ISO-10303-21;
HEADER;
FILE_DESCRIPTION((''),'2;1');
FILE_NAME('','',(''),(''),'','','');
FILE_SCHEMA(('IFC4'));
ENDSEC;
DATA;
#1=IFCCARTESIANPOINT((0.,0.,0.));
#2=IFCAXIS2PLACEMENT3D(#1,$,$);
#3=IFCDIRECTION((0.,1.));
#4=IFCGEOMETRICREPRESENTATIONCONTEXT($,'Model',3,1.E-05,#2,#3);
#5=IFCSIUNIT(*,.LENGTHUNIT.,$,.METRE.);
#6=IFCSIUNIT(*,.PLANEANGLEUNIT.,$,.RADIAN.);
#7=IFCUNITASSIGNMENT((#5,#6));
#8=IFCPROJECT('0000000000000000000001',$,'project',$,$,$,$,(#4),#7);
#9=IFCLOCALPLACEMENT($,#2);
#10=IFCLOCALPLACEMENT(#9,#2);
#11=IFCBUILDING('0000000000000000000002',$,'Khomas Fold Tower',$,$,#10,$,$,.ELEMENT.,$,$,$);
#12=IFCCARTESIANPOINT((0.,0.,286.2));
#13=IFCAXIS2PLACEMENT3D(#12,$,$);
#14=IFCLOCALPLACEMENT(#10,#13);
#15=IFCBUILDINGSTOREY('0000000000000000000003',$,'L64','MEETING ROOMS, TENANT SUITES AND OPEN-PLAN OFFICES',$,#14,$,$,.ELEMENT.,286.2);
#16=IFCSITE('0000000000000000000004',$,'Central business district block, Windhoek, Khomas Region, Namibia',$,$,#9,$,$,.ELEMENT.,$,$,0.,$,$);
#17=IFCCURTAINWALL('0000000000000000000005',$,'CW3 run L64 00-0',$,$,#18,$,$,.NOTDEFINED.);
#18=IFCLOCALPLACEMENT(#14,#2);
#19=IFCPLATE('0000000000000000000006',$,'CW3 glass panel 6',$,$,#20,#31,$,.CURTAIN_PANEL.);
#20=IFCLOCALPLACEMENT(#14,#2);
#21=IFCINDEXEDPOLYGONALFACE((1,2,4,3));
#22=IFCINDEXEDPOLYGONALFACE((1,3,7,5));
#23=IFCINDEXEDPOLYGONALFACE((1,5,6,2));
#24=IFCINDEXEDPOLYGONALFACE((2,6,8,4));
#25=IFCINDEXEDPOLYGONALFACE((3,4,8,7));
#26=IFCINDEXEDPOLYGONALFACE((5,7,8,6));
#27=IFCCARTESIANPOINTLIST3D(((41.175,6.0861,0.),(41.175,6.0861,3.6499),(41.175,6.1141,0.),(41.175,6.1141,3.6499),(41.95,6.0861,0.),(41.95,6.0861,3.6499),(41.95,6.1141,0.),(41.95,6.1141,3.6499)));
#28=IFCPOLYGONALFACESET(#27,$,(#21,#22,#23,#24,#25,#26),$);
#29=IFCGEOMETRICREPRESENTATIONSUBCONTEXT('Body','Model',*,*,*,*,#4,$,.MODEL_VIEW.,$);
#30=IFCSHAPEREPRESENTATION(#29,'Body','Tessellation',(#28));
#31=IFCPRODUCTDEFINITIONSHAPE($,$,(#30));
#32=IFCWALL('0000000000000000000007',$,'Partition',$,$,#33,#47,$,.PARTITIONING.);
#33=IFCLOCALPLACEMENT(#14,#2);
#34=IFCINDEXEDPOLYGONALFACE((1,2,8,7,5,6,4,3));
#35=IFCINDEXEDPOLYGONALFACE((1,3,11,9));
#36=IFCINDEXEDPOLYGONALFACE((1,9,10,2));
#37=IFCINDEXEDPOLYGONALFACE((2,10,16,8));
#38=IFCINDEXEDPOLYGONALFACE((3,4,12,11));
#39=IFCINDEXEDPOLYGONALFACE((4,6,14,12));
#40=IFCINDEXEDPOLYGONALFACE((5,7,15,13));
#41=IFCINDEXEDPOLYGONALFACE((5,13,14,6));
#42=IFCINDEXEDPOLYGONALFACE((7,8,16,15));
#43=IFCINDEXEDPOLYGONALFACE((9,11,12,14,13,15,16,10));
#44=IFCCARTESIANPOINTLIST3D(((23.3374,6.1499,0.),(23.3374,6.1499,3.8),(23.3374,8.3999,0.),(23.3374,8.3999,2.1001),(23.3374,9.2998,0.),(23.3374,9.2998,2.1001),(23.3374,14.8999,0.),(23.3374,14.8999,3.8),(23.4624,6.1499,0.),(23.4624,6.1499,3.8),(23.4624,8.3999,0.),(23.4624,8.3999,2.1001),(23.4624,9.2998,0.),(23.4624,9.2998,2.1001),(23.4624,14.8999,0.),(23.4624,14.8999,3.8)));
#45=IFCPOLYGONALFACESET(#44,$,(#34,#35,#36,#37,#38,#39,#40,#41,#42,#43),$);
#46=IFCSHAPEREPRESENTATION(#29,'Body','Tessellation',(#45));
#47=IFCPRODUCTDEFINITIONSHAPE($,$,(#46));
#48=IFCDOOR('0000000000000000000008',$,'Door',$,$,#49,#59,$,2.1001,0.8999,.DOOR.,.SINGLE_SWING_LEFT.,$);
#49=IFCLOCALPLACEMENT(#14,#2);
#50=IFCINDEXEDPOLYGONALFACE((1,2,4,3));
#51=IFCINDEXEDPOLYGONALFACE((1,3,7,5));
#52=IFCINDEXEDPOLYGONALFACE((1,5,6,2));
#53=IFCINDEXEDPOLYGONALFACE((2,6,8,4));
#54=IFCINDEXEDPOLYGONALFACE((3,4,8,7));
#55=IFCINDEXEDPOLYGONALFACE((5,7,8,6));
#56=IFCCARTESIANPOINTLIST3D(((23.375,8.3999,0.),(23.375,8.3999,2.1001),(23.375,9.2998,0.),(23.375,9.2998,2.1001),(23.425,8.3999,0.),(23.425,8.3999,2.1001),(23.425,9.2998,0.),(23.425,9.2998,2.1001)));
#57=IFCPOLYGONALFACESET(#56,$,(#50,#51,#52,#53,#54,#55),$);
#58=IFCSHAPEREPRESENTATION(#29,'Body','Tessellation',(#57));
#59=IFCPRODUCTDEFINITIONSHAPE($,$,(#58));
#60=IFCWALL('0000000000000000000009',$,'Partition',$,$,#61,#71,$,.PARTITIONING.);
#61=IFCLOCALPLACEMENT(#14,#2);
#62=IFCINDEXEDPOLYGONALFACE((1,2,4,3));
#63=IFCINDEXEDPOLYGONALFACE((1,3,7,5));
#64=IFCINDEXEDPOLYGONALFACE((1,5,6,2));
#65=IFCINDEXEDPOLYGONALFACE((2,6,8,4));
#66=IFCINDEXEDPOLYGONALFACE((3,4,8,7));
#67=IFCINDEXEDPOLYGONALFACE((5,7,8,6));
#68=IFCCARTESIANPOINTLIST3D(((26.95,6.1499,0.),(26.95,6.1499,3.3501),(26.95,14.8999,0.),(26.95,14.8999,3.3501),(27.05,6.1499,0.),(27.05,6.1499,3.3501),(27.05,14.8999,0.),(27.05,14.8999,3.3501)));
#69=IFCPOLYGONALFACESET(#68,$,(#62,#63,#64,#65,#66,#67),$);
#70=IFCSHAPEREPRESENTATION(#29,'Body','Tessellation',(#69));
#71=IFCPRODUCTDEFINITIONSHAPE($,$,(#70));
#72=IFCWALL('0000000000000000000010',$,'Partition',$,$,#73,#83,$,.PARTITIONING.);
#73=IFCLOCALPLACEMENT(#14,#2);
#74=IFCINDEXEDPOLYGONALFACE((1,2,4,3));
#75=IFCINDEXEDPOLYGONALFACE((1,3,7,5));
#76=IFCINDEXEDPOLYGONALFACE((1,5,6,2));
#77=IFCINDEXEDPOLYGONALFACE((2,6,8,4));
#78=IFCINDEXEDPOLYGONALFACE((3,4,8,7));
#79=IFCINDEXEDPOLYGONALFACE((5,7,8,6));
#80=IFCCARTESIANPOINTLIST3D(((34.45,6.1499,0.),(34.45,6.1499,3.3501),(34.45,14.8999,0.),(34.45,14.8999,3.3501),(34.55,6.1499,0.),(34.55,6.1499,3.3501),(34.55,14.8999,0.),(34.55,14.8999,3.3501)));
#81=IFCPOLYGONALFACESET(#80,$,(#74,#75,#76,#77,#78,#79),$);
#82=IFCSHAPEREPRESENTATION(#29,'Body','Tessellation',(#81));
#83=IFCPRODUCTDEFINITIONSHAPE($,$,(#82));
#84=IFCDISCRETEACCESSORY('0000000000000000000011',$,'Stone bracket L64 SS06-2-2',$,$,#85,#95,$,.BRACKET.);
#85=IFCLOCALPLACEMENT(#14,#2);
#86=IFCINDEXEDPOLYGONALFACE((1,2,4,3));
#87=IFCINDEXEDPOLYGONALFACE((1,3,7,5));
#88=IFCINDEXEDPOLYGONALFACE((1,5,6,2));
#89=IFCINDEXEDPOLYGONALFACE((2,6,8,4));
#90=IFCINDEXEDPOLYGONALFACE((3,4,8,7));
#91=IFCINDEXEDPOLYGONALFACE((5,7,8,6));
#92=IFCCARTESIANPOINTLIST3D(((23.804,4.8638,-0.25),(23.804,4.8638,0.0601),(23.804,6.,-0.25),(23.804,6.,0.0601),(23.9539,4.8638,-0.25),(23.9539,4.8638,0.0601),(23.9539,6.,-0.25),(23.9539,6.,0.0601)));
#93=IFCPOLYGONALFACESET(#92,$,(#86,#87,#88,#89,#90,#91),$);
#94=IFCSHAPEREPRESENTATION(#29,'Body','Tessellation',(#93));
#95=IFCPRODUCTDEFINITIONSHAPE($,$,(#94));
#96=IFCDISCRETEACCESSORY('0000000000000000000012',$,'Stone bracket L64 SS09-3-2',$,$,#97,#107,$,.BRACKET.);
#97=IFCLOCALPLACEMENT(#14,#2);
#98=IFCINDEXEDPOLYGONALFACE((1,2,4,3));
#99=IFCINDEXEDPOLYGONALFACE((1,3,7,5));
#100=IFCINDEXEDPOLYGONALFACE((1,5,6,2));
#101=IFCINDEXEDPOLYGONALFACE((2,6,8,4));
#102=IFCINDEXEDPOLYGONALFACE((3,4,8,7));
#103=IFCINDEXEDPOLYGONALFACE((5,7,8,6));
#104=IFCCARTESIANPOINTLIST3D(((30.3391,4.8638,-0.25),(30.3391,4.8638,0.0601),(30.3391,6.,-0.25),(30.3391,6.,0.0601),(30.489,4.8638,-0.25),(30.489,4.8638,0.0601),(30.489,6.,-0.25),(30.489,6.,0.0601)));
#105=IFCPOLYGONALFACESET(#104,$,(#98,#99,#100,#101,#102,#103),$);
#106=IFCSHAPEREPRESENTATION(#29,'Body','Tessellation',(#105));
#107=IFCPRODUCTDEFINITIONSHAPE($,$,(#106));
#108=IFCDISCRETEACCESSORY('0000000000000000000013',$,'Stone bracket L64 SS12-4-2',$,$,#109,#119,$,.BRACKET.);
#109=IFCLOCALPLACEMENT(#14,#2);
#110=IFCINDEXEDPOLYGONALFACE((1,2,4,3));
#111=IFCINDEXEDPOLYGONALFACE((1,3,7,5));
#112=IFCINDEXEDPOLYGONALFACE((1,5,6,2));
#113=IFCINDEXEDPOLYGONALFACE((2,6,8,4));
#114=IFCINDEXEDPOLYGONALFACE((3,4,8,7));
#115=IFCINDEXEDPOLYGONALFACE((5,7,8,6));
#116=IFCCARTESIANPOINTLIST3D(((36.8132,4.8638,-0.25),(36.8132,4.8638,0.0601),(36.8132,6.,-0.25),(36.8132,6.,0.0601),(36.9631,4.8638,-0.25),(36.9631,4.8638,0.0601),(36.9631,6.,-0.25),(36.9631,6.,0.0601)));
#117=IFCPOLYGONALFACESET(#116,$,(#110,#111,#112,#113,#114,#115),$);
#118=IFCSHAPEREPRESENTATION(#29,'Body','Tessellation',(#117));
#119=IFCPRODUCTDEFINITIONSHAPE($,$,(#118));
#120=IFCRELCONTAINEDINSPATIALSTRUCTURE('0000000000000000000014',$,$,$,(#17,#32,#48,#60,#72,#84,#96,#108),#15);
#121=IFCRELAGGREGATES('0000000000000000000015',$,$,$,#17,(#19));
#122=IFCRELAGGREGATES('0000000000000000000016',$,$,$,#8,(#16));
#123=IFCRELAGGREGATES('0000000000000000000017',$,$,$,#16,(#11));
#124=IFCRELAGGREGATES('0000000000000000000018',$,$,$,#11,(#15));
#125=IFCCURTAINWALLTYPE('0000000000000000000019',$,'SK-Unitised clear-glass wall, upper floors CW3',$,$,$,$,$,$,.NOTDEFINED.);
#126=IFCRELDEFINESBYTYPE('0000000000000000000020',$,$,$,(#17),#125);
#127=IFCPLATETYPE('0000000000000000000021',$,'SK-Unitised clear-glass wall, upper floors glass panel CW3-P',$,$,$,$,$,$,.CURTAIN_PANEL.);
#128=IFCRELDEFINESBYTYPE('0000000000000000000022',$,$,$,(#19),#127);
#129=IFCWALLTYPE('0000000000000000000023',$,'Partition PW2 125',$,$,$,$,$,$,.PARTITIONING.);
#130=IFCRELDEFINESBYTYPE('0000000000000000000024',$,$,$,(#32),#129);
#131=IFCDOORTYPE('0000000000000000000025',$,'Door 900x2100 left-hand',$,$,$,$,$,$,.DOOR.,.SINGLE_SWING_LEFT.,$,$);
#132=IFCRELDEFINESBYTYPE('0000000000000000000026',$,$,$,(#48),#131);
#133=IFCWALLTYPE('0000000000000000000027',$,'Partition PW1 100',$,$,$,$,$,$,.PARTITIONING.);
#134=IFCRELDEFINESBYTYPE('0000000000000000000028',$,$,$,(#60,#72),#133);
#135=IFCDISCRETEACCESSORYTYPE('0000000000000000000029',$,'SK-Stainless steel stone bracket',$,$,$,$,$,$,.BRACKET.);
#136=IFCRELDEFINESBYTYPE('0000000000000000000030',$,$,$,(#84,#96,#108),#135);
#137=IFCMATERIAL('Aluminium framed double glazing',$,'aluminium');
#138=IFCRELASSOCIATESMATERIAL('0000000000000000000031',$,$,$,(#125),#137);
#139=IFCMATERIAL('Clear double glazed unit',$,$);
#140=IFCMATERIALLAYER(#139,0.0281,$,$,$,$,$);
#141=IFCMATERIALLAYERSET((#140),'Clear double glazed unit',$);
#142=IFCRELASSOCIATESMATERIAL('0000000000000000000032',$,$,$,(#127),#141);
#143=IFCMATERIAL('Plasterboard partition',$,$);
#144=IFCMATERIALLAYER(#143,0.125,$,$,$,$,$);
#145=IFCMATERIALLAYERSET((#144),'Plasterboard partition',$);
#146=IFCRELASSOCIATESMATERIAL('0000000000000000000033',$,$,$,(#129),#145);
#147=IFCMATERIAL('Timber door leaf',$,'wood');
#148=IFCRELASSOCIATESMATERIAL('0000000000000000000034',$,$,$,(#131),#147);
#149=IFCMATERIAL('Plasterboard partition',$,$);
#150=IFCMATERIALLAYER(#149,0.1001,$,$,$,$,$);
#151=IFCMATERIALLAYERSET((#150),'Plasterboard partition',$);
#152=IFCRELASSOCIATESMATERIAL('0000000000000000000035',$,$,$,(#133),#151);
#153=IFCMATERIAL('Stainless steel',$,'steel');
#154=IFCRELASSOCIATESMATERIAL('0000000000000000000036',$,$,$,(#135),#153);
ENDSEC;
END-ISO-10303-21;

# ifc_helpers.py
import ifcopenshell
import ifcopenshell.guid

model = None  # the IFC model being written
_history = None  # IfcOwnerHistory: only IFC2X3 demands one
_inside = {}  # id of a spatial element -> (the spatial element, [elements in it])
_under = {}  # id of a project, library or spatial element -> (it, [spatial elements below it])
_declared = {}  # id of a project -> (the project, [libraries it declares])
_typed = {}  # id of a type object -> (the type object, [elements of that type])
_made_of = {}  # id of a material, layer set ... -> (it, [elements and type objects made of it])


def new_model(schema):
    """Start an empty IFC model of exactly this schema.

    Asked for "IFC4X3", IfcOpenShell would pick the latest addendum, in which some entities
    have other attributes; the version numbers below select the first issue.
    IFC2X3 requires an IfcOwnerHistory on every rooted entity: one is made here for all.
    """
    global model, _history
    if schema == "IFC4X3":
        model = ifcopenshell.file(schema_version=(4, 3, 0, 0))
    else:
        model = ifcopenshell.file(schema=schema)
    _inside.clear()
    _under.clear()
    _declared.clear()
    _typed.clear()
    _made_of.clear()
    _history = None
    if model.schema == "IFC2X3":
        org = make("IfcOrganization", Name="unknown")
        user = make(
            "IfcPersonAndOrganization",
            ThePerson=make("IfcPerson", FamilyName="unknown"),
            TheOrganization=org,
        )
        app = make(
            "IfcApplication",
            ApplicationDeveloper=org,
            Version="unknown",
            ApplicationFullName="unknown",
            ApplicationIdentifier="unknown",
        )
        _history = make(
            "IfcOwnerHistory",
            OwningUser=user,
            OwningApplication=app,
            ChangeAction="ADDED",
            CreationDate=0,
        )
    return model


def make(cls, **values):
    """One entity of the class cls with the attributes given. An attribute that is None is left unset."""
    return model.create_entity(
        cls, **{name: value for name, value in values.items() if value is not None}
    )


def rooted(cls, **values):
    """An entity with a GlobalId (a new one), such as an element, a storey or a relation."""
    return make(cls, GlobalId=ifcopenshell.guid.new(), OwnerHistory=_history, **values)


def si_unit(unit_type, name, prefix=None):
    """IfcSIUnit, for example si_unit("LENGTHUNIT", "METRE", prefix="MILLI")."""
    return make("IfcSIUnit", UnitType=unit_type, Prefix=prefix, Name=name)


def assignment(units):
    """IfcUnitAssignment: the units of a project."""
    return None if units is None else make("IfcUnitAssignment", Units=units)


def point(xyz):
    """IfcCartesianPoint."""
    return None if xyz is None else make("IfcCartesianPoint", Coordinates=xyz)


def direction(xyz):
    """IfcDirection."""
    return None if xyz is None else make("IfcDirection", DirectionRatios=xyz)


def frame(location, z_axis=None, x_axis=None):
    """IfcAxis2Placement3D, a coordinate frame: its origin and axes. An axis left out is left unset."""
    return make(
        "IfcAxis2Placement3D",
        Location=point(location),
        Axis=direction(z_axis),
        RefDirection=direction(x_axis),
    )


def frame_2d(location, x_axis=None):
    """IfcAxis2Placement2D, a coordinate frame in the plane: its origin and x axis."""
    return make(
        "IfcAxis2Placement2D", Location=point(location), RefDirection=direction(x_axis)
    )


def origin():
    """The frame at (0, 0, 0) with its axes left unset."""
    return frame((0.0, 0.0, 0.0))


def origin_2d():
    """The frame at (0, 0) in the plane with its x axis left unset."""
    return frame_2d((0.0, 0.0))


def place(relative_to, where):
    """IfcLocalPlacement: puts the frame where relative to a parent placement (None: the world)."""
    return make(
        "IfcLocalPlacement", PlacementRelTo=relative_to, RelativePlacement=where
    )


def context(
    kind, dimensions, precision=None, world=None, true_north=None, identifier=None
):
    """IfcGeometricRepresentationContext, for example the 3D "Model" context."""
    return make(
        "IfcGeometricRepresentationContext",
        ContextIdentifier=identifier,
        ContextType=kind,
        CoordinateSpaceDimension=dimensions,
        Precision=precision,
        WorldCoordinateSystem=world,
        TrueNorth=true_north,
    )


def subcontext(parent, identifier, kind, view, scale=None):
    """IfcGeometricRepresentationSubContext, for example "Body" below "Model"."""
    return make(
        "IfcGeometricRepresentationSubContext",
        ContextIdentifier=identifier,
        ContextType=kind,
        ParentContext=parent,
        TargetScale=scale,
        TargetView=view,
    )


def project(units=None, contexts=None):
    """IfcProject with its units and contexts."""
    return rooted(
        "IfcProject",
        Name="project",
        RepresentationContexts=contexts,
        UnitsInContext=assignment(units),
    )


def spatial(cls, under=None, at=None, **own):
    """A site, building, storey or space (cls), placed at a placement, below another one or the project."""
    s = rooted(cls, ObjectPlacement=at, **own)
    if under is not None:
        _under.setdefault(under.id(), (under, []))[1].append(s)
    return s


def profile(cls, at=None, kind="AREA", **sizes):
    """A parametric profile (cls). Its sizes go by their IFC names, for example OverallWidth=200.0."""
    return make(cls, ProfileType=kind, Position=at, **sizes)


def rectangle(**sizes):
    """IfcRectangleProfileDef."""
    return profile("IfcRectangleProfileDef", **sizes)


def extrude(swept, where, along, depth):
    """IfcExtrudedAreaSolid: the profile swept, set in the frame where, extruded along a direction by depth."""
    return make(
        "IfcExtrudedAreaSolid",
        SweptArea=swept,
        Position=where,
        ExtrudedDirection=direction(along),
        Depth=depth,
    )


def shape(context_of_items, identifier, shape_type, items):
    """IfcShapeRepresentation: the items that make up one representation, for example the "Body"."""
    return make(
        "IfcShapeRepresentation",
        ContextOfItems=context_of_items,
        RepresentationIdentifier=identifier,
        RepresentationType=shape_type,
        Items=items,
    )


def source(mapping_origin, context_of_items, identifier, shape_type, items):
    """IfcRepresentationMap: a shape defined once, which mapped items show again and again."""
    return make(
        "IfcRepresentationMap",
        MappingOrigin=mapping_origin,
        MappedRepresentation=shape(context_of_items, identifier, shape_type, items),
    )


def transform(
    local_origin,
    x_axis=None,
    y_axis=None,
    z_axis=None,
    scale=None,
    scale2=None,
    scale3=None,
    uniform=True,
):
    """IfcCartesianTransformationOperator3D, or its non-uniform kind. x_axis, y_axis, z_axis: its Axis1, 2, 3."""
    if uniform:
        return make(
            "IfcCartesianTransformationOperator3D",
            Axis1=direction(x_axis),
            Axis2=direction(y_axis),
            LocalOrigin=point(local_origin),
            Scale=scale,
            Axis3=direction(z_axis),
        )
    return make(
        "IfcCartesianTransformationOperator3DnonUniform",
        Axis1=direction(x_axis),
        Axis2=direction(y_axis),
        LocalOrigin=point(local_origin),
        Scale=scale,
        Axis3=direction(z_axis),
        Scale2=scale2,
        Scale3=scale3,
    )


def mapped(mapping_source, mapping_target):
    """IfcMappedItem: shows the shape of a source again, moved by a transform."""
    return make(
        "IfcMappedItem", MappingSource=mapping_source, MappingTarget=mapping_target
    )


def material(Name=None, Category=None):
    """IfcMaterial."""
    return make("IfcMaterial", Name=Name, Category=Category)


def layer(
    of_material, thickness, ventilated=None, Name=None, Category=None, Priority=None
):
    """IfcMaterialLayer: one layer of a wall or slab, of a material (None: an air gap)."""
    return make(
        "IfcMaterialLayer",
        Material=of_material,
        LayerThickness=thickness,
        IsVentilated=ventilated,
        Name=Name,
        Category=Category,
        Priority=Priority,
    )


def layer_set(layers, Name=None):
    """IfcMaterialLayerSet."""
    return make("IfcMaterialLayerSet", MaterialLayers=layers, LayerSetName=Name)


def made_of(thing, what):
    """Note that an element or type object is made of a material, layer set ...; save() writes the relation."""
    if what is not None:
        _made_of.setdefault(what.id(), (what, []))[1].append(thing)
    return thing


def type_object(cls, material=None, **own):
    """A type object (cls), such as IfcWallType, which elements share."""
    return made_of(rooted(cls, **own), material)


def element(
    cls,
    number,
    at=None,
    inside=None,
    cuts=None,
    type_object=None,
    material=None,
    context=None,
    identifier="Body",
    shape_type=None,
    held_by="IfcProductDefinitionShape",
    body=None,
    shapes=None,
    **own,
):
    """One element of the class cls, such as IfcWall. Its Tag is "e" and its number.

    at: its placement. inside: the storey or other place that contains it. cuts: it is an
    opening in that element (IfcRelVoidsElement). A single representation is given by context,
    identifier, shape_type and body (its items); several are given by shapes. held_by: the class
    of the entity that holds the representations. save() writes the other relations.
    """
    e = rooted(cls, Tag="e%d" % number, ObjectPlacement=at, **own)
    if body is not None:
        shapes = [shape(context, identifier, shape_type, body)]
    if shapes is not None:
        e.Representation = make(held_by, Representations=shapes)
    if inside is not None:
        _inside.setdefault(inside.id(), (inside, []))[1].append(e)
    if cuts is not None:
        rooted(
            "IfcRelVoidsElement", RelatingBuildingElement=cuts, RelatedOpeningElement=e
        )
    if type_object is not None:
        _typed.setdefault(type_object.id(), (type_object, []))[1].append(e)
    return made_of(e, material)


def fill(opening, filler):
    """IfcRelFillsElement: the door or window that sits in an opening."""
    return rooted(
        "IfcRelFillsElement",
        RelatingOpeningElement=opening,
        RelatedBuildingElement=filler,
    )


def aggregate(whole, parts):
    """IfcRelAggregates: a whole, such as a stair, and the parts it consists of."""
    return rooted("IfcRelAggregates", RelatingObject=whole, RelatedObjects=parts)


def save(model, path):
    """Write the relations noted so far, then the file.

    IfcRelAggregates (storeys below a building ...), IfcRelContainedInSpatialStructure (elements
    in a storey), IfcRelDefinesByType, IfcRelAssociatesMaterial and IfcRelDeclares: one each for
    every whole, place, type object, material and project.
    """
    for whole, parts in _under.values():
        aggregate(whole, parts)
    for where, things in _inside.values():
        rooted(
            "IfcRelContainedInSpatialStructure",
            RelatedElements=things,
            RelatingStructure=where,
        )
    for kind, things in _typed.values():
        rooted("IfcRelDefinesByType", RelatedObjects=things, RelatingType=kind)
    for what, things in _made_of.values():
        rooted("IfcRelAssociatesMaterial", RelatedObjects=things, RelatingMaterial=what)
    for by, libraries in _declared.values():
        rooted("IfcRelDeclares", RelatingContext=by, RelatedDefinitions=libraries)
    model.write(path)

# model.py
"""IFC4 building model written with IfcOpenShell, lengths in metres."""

from ifc_helpers import new_model, si_unit, direction, frame, frame_2d, origin, origin_2d, place, context, subcontext, project, spatial, rectangle, extrude, source, transform, mapped, material, layer, layer_set, type_object, element, fill, aggregate, save


model = new_model("IFC4")

# Units and contexts
model_context = context("Model", 3, precision=1e-05, world=origin(), true_north=direction((0.0, 1.0)))
body_context = subcontext(model_context, "Body", "Model", "MODEL_VIEW")
ifc_project = project(units=[si_unit("LENGTHUNIT", "METRE"), si_unit("PLANEANGLEUNIT", "RADIAN")], contexts=[model_context])

# Site, building, storey
site_placement = place(None, origin())
site = spatial("IfcSite", under=ifc_project, at=site_placement, Name="Central business district block, Windhoek, Khomas Region, Namibia", CompositionType="ELEMENT", RefElevation=0.0)
building_placement = place(site_placement, origin())
building = spatial("IfcBuilding", under=site, at=building_placement, Name="Khomas Fold Tower", CompositionType="ELEMENT")
storey_placement = place(building_placement, frame((0.0, 0.0, 286.2)))
storey = spatial("IfcBuildingStorey", under=building, at=storey_placement, Name="L64", Description="MEETING ROOMS, TENANT SUITES AND OPEN-PLAN OFFICES", CompositionType="ELEMENT", Elevation=286.2)

# Curtain wall
ifc_material_1 = material(Name="Aluminium framed double glazing", Category="aluminium")
curtain_wall_type = type_object("IfcCurtainWallType", Name="SK-Unitised clear-glass wall, upper floors CW3", PredefinedType="NOTDEFINED", material=ifc_material_1)
curtain_wall_1_placement = place(storey_placement, origin())
curtain_wall_1 = element("IfcCurtainWall", 1, at=curtain_wall_1_placement, inside=storey, type_object=curtain_wall_type, Name="CW3 run L64 00-0", PredefinedType="NOTDEFINED")

# Plate
ifc_material_2 = material(Name="Clear double glazed unit")
ifc_layer_1 = layer(ifc_material_2, 0.0281)
ifc_layer_set_1 = layer_set([ifc_layer_1], Name="Clear double glazed unit")
plate_type = type_object("IfcPlateType", Name="SK-Unitised clear-glass wall, upper floors glass panel CW3-P", PredefinedType="CURTAIN_PANEL", material=ifc_layer_set_1)
shared_shape_1 = source(origin(), body_context, "Body", "SweptSolid", [
    extrude(rectangle(XDim=0.7749, YDim=0.0281, at=origin_2d()), origin(), (0.0, 0.0, 1.0), 3.6499),
])
plate_1_placement = place(storey_placement, frame((41.5625, 6.1001, 0.0), z_axis=(0.0, 0.0, 1.0), x_axis=(1.0, 0.0, 0.0)))
plate_1 = element("IfcPlate", 2, at=plate_1_placement, type_object=plate_type, Name="CW3 glass panel 6", PredefinedType="CURTAIN_PANEL", context=body_context, shape_type="MappedRepresentation", body=[
    mapped(shared_shape_1, transform((0.0, 0.0, 0.0))),
])
aggregate(curtain_wall_1, [plate_1])

# Wall, opening, door
ifc_material_3 = material(Name="Plasterboard partition")
ifc_layer_2 = layer(ifc_material_3, 0.125)
ifc_layer_set_2 = layer_set([ifc_layer_2], Name="Plasterboard partition")
wall_type_1 = type_object("IfcWallType", Name="Partition PW2 125", PredefinedType="PARTITIONING", material=ifc_layer_set_2)
shared_shape_2 = source(origin(), body_context, "Body", "SweptSolid", [
    extrude(rectangle(XDim=8.75, YDim=0.125, at=frame_2d((4.375, 0.0))), origin(), (0.0, 0.0, 1.0), 3.8),
])
wall_placement = place(storey_placement, frame((23.3999, 6.1499, 0.0), z_axis=(0.0, 0.0, 1.0), x_axis=(0.0, 1.0, 0.0)))
wall = element("IfcWall", 3, at=wall_placement, inside=storey, type_object=wall_type_1, Name="Partition", PredefinedType="PARTITIONING", context=body_context, shape_type="MappedRepresentation", body=[
    mapped(shared_shape_2, transform((0.0, 0.0, 0.0))),
])
shared_shape_3 = source(origin(), body_context, "Body", "SweptSolid", [
    extrude(rectangle(XDim=0.8999, YDim=2.1001, at=frame_2d((0.45, 1.05))), frame((0.0, 0.0725, 0.0), z_axis=(0.0, -1.0, 0.0), x_axis=(1.0, 0.0, 0.0)), (0.0, 0.0, 1.0), 0.145),
])
opening_placement = place(wall_placement, frame((2.25, 0.0, 0.0)))
opening = element("IfcOpeningElement", 4, at=opening_placement, cuts=wall, PredefinedType="OPENING", context=body_context, shape_type="MappedRepresentation", body=[
    mapped(shared_shape_3, transform((0.0, 0.0, 0.0))),
])
ifc_material_4 = material(Name="Timber door leaf", Category="wood")
door_type = type_object("IfcDoorType", Name="Door 900x2100 left-hand", OperationType="SINGLE_SWING_LEFT", PredefinedType="DOOR", material=ifc_material_4)
shared_shape_4 = source(origin(), body_context, "Body", "SweptSolid", [
    extrude(rectangle(XDim=0.8999, YDim=2.1001, at=frame_2d((0.45, 1.05))), frame((0.0, 0.0249, 0.0), z_axis=(0.0, -1.0, 0.0), x_axis=(1.0, 0.0, 0.0)), (0.0, 0.0, 1.0), 0.05),
])
door_placement = place(opening_placement, origin())
door = element("IfcDoor", 5, at=door_placement, inside=storey, type_object=door_type, Name="Door", OperationType="SINGLE_SWING_LEFT", OverallHeight=2.1001, OverallWidth=0.8999, PredefinedType="DOOR", context=body_context, shape_type="MappedRepresentation", body=[
    mapped(shared_shape_4, transform((0.0, 0.0, 0.0))),
])
fill(opening, door)

# Walls
ifc_material_5 = material(Name="Plasterboard partition")
ifc_layer_3 = layer(ifc_material_5, 0.1001)
ifc_layer_set_3 = layer_set([ifc_layer_3], Name="Plasterboard partition")
wall_type_2 = type_object("IfcWallType", Name="Partition PW1 100", PredefinedType="PARTITIONING", material=ifc_layer_set_3)
shared_shape_5 = source(origin(), body_context, "Body", "SweptSolid", [
    extrude(rectangle(XDim=8.75, YDim=0.1001, at=frame_2d((4.375, 0.0))), origin(), (0.0, 0.0, 1.0), 3.3501),
])
for number, where, z_axis, x_axis, name in (
    (6, (27.0, 6.1499, 0.0), (0.0, 0.0, 1.0), (0.0, 1.0, 0.0), "Partition"),
    (7, (34.5, 6.1499, 0.0), (0.0, 0.0, 1.0), (0.0, 1.0, 0.0), "Partition"),
):
    element("IfcWall", number, at=place(storey_placement, frame(where, z_axis=z_axis, x_axis=x_axis)), inside=storey, type_object=wall_type_2, Name=name, PredefinedType="PARTITIONING", context=body_context, shape_type="MappedRepresentation", body=[
        mapped(shared_shape_5, transform((0.0, 0.0, 0.0))),
    ])

# Discrete accessories
ifc_material_6 = material(Name="Stainless steel", Category="steel")
discrete_accessory_type = type_object("IfcDiscreteAccessoryType", Name="SK-Stainless steel stone bracket", PredefinedType="BRACKET", material=ifc_material_6)
shared_shape_6 = source(origin(), body_context, "Body", "SweptSolid", [
    extrude(rectangle(XDim=1.1362, YDim=0.1499, at=origin_2d()), origin(), (0.0, 0.0, 1.0), 0.3101),
])
for number, where, z_axis, x_axis, name in (
    (8, (23.8789, 5.4319, -0.25), (0.0, 0.0, 1.0), (0.0, -1.0, 0.0), "Stone bracket L64 SS06-2-2"),
    (9, (30.4141, 5.4319, -0.25), (0.0, 0.0, 1.0), (0.0, -1.0, 0.0), "Stone bracket L64 SS09-3-2"),
    (10, (36.8882, 5.4319, -0.25), (0.0, 0.0, 1.0), (0.0, -1.0, 0.0), "Stone bracket L64 SS12-4-2"),
):
    element("IfcDiscreteAccessory", number, at=place(storey_placement, frame(where, z_axis=z_axis, x_axis=x_axis)), inside=storey, type_object=discrete_accessory_type, Name=name, PredefinedType="BRACKET", context=body_context, shape_type="MappedRepresentation", body=[
        mapped(shared_shape_6, transform((0.0, 0.0, 0.0))),
    ])

save(model, "model.ifc")
